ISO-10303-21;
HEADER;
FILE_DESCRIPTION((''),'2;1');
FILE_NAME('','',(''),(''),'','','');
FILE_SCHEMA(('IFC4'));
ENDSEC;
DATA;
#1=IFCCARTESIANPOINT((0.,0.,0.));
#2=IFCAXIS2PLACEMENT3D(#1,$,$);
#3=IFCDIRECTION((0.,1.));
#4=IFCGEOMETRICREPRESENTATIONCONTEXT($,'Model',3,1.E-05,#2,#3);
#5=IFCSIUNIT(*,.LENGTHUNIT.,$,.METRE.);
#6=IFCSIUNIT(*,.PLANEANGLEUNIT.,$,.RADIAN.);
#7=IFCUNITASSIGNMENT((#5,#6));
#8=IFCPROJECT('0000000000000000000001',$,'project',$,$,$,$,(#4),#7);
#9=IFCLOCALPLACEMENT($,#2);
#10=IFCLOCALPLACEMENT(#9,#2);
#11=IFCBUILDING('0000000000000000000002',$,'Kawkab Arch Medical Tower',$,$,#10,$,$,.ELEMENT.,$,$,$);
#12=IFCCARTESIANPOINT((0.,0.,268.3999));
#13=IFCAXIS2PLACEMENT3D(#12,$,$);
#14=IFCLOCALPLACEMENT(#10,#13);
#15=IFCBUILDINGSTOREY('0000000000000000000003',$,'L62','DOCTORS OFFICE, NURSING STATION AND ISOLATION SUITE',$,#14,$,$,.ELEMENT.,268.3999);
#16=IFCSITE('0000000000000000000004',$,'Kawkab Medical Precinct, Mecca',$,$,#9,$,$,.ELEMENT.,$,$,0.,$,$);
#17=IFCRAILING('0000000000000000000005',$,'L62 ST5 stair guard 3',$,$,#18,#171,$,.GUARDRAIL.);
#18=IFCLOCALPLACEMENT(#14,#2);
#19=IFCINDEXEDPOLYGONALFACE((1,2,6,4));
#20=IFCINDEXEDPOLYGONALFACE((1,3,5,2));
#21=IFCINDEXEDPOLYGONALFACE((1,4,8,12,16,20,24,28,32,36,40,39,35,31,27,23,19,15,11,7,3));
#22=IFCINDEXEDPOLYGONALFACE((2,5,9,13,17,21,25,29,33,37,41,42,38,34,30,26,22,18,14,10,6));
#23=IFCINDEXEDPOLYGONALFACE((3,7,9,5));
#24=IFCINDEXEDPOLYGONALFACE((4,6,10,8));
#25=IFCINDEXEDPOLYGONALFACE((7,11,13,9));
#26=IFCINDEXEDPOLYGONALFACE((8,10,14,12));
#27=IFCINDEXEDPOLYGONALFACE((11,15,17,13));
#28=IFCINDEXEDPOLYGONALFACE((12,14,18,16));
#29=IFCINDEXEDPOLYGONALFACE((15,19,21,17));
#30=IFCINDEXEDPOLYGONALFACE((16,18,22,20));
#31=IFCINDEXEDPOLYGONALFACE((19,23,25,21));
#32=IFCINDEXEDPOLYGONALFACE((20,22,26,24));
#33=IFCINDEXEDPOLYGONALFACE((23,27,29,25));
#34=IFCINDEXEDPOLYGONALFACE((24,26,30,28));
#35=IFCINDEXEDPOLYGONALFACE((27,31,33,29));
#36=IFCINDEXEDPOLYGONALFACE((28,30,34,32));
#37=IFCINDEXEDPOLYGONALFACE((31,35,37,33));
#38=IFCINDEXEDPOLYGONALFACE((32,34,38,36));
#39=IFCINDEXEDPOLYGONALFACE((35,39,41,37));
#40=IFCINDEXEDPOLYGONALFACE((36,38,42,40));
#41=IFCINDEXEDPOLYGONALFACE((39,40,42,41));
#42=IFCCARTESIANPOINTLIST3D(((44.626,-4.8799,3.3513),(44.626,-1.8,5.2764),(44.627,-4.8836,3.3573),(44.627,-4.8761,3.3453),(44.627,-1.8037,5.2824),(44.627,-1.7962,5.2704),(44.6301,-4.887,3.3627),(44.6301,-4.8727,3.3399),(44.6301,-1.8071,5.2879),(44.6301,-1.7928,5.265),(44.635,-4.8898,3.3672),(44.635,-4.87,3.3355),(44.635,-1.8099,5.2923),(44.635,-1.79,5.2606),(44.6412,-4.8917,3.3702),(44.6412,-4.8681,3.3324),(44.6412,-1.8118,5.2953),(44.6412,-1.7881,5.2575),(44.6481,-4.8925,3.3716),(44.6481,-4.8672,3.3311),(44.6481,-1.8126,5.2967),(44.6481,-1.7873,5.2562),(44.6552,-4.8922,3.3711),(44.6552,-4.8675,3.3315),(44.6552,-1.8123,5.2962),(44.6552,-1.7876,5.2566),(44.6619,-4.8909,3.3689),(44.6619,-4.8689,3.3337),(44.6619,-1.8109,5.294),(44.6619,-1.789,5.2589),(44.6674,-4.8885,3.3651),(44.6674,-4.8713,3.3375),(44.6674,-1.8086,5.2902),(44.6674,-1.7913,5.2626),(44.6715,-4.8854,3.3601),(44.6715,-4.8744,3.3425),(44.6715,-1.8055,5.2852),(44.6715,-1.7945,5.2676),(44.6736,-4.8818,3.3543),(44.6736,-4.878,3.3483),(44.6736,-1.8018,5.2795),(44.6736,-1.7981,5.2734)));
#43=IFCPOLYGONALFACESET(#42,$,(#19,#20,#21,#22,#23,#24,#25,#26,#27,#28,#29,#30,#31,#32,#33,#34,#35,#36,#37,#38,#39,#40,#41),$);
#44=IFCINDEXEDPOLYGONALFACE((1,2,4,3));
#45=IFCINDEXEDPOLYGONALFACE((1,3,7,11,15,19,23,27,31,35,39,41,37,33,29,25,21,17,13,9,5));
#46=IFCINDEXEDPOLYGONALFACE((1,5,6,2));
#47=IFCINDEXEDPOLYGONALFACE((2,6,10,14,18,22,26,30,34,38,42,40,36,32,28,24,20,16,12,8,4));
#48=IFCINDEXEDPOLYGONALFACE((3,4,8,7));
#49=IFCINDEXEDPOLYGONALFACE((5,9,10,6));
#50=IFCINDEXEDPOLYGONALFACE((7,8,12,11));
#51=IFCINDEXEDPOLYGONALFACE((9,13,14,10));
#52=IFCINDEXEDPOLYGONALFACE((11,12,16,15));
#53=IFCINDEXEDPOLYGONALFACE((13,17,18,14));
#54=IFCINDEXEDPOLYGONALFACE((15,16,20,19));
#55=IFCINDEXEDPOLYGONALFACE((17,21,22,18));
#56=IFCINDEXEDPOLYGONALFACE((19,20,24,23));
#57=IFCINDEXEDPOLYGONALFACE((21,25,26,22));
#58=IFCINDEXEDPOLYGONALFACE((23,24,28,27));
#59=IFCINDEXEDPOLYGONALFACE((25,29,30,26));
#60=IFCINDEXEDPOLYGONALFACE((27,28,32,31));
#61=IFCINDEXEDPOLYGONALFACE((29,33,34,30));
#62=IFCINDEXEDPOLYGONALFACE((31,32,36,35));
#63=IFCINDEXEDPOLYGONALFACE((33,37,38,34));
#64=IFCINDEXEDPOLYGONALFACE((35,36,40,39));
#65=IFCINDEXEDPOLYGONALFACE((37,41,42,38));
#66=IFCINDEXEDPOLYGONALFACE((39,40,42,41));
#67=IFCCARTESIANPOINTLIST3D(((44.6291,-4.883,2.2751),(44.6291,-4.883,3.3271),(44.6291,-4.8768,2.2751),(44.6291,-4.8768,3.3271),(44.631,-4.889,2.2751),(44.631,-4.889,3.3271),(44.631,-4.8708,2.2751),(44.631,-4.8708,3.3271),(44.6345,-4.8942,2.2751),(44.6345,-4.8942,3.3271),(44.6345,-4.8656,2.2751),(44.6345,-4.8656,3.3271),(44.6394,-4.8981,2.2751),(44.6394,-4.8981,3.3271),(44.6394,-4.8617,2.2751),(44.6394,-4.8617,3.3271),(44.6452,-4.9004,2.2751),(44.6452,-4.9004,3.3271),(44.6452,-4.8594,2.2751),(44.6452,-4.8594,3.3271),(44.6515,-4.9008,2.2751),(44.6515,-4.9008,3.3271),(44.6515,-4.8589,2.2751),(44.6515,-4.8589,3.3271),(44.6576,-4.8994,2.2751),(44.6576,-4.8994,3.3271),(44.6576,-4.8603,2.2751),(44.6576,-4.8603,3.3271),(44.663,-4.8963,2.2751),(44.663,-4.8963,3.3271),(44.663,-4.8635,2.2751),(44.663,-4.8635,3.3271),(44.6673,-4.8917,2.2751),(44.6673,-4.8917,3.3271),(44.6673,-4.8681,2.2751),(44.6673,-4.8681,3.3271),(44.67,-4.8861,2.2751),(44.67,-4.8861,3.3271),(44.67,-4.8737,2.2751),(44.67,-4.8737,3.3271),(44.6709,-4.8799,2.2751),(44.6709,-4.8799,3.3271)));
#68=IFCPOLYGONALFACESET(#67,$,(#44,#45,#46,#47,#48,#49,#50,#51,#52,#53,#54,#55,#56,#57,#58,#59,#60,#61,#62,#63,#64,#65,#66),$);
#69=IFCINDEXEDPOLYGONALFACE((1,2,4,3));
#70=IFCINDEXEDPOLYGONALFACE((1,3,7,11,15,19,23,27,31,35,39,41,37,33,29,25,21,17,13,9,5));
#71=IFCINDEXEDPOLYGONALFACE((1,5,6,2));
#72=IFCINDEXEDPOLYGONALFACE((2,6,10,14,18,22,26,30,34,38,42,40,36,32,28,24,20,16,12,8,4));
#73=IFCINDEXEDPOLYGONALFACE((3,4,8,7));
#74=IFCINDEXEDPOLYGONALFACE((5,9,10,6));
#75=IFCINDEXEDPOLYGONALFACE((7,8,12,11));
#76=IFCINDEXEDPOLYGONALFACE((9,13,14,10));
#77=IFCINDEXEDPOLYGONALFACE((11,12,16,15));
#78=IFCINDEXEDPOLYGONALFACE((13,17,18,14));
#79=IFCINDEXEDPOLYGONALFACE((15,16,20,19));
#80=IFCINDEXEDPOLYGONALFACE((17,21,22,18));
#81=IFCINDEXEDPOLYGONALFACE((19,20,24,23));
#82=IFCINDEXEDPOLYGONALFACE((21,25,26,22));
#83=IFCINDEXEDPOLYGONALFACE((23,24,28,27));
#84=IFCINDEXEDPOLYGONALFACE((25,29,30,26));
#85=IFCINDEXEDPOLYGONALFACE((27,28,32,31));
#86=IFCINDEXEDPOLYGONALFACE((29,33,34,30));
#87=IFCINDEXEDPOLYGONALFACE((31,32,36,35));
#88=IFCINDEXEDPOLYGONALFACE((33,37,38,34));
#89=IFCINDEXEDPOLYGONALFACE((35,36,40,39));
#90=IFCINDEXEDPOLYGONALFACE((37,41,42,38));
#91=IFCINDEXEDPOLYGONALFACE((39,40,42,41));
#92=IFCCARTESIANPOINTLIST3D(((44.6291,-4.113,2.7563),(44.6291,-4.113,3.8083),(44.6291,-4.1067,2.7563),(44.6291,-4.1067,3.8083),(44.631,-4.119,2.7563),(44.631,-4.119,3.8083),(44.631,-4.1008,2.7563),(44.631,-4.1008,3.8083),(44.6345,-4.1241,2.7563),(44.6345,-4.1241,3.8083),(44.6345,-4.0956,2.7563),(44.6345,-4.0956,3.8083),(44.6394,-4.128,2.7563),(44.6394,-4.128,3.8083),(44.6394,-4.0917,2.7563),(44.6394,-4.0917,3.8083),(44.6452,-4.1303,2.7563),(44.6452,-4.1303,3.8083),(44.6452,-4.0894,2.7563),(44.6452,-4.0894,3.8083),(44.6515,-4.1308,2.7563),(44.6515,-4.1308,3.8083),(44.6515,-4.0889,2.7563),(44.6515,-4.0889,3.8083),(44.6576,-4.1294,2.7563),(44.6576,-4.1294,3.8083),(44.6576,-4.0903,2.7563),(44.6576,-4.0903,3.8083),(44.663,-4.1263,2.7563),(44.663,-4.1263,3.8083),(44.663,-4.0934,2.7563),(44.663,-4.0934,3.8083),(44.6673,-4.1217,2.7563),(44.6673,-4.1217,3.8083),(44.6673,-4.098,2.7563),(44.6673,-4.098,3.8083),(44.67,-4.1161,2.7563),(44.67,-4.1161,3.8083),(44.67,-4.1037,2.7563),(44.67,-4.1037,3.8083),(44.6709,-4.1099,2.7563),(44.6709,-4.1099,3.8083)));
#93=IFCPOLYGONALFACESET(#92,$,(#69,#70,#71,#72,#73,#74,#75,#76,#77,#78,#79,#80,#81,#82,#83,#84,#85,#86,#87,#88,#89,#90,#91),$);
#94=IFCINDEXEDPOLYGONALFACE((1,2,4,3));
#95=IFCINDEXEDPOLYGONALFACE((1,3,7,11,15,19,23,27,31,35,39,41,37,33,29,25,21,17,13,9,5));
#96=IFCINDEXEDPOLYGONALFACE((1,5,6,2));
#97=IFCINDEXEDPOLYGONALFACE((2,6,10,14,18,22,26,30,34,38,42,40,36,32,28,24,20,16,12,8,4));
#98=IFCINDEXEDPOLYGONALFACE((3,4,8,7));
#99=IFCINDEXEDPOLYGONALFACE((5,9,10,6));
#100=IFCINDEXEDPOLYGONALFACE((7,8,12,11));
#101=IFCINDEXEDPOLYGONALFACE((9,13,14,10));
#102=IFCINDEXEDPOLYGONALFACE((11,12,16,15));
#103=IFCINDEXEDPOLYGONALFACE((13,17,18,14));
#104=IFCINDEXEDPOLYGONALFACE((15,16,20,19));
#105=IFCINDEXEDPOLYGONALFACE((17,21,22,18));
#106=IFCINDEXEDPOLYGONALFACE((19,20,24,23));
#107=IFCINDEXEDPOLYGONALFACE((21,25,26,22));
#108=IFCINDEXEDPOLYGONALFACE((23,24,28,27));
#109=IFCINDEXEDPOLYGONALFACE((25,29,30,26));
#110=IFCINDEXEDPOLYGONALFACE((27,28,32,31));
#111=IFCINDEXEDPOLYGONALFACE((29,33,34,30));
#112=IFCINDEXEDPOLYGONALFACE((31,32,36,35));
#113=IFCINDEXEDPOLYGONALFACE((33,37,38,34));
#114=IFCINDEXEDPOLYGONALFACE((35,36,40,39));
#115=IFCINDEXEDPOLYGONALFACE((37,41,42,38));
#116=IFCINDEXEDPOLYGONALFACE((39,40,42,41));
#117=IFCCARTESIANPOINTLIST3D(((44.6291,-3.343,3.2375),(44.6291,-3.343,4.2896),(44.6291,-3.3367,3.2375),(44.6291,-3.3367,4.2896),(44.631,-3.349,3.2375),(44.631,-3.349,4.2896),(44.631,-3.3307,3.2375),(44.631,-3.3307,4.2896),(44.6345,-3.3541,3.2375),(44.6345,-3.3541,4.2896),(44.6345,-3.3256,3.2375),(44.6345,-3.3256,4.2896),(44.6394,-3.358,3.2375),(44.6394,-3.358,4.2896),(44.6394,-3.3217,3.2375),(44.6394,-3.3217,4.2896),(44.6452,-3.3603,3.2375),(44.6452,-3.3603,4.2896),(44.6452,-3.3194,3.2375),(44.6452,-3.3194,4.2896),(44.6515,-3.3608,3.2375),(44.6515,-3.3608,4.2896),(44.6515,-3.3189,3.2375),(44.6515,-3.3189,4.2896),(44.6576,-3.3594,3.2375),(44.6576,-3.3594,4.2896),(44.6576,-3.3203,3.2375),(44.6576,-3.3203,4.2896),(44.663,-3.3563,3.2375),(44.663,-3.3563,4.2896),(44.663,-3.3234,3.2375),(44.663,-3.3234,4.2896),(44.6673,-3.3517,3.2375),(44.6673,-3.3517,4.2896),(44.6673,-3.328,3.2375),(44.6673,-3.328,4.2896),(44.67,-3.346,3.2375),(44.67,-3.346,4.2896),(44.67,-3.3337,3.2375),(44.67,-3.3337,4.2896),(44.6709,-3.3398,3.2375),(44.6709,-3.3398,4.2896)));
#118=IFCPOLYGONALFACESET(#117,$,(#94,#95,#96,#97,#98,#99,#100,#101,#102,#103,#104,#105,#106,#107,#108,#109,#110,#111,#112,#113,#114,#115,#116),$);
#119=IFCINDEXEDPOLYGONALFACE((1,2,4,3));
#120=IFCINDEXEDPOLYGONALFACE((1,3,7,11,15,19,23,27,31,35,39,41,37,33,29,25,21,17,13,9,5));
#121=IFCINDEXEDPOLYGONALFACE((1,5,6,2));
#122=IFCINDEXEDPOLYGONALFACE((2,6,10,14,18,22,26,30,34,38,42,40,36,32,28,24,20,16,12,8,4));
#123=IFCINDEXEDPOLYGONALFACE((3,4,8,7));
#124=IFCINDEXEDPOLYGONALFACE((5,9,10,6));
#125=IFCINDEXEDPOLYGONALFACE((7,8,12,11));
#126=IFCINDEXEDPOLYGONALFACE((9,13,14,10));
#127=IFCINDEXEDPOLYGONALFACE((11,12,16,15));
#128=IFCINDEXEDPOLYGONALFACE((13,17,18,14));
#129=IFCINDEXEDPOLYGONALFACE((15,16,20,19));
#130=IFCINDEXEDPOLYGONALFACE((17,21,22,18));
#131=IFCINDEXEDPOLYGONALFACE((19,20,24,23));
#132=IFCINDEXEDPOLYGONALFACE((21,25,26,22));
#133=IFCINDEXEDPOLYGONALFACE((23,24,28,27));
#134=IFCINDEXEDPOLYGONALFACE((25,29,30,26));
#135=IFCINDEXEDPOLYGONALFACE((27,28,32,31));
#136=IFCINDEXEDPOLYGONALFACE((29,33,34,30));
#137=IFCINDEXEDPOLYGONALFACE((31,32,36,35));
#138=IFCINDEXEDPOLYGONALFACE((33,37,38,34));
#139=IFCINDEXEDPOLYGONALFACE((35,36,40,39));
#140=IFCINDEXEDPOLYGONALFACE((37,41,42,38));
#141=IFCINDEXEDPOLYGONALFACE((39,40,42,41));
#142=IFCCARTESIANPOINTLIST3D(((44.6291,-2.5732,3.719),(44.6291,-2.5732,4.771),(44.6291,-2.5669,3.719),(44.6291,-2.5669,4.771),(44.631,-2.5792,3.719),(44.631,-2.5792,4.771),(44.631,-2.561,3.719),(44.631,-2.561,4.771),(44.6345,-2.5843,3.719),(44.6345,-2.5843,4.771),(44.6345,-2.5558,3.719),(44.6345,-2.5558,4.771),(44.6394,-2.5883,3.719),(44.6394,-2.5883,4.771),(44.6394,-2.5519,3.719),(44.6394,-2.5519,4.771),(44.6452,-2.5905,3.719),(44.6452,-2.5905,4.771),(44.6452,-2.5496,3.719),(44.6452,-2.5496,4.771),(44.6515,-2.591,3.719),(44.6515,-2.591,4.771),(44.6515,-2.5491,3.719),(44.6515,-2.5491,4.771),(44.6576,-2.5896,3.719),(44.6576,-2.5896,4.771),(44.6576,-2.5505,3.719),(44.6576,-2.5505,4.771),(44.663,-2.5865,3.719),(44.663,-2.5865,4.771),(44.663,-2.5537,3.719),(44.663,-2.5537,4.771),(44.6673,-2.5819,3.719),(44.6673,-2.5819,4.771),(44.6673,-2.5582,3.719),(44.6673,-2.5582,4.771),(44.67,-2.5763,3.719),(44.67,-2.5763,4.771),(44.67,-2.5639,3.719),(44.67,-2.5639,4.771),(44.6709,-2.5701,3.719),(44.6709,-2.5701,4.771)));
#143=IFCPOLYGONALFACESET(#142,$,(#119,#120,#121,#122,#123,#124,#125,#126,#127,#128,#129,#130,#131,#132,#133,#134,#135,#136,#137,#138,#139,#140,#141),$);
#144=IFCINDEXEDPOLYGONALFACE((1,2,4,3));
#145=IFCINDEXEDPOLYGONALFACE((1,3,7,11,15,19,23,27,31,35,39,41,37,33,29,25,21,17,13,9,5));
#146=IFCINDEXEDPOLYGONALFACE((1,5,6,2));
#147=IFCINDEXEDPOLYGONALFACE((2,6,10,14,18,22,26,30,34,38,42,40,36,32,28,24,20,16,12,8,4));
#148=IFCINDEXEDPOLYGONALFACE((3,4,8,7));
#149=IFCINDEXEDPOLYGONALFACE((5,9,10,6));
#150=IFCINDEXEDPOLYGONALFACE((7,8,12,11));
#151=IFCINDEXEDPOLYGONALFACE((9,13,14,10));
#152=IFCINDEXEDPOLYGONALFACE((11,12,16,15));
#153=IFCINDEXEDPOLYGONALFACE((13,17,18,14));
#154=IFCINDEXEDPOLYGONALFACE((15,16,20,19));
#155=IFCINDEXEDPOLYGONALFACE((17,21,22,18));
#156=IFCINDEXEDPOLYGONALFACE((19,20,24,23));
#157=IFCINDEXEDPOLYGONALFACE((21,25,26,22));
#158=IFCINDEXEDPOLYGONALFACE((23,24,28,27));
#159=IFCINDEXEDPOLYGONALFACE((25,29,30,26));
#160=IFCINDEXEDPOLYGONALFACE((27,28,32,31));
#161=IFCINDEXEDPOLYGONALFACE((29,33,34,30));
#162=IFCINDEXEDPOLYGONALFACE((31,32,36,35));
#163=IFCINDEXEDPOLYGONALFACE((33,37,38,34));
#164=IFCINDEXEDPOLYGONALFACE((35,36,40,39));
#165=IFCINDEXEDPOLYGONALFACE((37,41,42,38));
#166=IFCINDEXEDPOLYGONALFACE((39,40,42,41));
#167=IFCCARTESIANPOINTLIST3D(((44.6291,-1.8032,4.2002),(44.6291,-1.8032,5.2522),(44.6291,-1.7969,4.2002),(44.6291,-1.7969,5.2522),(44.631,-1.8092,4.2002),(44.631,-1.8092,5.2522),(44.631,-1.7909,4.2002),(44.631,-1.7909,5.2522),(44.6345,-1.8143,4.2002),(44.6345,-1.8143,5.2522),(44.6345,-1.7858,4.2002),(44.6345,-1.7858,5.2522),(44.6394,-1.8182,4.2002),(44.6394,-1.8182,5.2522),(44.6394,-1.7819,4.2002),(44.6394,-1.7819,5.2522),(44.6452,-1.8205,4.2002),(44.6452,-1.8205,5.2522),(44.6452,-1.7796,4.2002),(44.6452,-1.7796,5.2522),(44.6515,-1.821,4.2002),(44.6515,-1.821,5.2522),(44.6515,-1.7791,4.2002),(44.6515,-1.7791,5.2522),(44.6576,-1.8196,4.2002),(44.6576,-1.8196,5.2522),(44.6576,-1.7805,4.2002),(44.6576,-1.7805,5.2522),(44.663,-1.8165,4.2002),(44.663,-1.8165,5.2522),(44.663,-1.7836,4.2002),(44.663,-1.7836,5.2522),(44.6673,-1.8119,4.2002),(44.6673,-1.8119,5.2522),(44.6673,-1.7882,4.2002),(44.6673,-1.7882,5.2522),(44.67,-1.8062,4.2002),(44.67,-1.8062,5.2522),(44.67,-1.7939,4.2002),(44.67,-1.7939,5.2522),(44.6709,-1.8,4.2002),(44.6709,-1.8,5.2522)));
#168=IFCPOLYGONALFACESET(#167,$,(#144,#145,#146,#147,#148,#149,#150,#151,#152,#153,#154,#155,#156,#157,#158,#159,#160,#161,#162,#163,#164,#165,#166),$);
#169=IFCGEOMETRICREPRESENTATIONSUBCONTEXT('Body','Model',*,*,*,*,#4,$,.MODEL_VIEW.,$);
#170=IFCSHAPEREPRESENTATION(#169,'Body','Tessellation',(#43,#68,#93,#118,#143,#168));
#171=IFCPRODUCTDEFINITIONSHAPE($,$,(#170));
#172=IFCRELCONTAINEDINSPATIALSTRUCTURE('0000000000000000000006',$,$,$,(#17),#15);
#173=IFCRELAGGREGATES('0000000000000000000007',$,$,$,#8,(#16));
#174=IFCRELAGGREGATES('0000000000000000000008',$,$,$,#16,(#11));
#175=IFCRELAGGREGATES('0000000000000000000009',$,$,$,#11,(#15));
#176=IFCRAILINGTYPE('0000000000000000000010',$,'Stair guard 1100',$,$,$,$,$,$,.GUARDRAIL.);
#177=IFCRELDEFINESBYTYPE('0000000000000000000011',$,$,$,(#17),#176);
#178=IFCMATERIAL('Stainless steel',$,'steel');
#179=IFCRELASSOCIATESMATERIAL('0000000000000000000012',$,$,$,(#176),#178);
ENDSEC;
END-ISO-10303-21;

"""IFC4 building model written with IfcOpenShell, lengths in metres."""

from ifc_helpers import new_model, si_unit, direction, frame, origin, origin_2d, place, context, subcontext, project, spatial, circle, extrude, material, type_object, element, save


model = new_model("IFC4")

# Units and contexts
model_context = context("Model", 3, precision=1e-05, world=origin(), true_north=direction((0.0, 1.0)))
body_context = subcontext(model_context, "Body", "Model", "MODEL_VIEW")
ifc_project = project(units=[si_unit("LENGTHUNIT", "METRE"), si_unit("PLANEANGLEUNIT", "RADIAN")], contexts=[model_context])

# Site, building, storey
site_placement = place(None, origin())
site = spatial("IfcSite", under=ifc_project, at=site_placement, Name="Kawkab Medical Precinct, Mecca", CompositionType="ELEMENT", RefElevation=0.0)
building_placement = place(site_placement, origin())
building = spatial("IfcBuilding", under=site, at=building_placement, Name="Kawkab Arch Medical Tower", CompositionType="ELEMENT")
storey_placement = place(building_placement, frame((0.0, 0.0, 268.3999)))
storey = spatial("IfcBuildingStorey", under=building, at=storey_placement, Name="L62", Description="DOCTORS OFFICE, NURSING STATION AND ISOLATION SUITE", CompositionType="ELEMENT", Elevation=268.3999)

# Railing
ifc_material_1 = material(Name="Stainless steel", Category="steel")
railing_type = type_object("IfcRailingType", Name="Stair guard 1100", PredefinedType="GUARDRAIL", material=ifc_material_1)
railing_1_placement = place(storey_placement, frame((44.6499, -4.8799, 2.2751)))
element("IfcRailing", 1, at=railing_1_placement, inside=storey, type_object=railing_type, Name="L62 ST5 stair guard 3", PredefinedType="GUARDRAIL", context=body_context, shape_type="SweptSolid", body=[
    extrude(circle(Radius=0.0239, at=origin_2d()), frame((0.0, 0.0, 1.0762), z_axis=(0.0, 0.847979, 0.530029), x_axis=(-1.0, 0.0, 0.0)), (0.0, 0.0, 1.0), 3.6321),
    extrude(circle(Radius=0.021, at=origin_2d()), origin(), (0.0, 0.0, 1.0), 1.052),
    extrude(circle(Radius=0.021, at=origin_2d()), frame((0.0, 0.77, 0.4812)), (0.0, 0.0, 1.0), 1.052),
    extrude(circle(Radius=0.021, at=origin_2d()), frame((0.0, 1.54, 0.9624)), (0.0, 0.0, 1.0), 1.052),
    extrude(circle(Radius=0.021, at=origin_2d()), frame((0.0, 2.3098, 1.4438)), (0.0, 0.0, 1.0), 1.052),
    extrude(circle(Radius=0.021, at=origin_2d()), frame((0.0, 3.0798, 1.925)), (0.0, 0.0, 1.0), 1.052),
])

save(model, "model.ifc")
